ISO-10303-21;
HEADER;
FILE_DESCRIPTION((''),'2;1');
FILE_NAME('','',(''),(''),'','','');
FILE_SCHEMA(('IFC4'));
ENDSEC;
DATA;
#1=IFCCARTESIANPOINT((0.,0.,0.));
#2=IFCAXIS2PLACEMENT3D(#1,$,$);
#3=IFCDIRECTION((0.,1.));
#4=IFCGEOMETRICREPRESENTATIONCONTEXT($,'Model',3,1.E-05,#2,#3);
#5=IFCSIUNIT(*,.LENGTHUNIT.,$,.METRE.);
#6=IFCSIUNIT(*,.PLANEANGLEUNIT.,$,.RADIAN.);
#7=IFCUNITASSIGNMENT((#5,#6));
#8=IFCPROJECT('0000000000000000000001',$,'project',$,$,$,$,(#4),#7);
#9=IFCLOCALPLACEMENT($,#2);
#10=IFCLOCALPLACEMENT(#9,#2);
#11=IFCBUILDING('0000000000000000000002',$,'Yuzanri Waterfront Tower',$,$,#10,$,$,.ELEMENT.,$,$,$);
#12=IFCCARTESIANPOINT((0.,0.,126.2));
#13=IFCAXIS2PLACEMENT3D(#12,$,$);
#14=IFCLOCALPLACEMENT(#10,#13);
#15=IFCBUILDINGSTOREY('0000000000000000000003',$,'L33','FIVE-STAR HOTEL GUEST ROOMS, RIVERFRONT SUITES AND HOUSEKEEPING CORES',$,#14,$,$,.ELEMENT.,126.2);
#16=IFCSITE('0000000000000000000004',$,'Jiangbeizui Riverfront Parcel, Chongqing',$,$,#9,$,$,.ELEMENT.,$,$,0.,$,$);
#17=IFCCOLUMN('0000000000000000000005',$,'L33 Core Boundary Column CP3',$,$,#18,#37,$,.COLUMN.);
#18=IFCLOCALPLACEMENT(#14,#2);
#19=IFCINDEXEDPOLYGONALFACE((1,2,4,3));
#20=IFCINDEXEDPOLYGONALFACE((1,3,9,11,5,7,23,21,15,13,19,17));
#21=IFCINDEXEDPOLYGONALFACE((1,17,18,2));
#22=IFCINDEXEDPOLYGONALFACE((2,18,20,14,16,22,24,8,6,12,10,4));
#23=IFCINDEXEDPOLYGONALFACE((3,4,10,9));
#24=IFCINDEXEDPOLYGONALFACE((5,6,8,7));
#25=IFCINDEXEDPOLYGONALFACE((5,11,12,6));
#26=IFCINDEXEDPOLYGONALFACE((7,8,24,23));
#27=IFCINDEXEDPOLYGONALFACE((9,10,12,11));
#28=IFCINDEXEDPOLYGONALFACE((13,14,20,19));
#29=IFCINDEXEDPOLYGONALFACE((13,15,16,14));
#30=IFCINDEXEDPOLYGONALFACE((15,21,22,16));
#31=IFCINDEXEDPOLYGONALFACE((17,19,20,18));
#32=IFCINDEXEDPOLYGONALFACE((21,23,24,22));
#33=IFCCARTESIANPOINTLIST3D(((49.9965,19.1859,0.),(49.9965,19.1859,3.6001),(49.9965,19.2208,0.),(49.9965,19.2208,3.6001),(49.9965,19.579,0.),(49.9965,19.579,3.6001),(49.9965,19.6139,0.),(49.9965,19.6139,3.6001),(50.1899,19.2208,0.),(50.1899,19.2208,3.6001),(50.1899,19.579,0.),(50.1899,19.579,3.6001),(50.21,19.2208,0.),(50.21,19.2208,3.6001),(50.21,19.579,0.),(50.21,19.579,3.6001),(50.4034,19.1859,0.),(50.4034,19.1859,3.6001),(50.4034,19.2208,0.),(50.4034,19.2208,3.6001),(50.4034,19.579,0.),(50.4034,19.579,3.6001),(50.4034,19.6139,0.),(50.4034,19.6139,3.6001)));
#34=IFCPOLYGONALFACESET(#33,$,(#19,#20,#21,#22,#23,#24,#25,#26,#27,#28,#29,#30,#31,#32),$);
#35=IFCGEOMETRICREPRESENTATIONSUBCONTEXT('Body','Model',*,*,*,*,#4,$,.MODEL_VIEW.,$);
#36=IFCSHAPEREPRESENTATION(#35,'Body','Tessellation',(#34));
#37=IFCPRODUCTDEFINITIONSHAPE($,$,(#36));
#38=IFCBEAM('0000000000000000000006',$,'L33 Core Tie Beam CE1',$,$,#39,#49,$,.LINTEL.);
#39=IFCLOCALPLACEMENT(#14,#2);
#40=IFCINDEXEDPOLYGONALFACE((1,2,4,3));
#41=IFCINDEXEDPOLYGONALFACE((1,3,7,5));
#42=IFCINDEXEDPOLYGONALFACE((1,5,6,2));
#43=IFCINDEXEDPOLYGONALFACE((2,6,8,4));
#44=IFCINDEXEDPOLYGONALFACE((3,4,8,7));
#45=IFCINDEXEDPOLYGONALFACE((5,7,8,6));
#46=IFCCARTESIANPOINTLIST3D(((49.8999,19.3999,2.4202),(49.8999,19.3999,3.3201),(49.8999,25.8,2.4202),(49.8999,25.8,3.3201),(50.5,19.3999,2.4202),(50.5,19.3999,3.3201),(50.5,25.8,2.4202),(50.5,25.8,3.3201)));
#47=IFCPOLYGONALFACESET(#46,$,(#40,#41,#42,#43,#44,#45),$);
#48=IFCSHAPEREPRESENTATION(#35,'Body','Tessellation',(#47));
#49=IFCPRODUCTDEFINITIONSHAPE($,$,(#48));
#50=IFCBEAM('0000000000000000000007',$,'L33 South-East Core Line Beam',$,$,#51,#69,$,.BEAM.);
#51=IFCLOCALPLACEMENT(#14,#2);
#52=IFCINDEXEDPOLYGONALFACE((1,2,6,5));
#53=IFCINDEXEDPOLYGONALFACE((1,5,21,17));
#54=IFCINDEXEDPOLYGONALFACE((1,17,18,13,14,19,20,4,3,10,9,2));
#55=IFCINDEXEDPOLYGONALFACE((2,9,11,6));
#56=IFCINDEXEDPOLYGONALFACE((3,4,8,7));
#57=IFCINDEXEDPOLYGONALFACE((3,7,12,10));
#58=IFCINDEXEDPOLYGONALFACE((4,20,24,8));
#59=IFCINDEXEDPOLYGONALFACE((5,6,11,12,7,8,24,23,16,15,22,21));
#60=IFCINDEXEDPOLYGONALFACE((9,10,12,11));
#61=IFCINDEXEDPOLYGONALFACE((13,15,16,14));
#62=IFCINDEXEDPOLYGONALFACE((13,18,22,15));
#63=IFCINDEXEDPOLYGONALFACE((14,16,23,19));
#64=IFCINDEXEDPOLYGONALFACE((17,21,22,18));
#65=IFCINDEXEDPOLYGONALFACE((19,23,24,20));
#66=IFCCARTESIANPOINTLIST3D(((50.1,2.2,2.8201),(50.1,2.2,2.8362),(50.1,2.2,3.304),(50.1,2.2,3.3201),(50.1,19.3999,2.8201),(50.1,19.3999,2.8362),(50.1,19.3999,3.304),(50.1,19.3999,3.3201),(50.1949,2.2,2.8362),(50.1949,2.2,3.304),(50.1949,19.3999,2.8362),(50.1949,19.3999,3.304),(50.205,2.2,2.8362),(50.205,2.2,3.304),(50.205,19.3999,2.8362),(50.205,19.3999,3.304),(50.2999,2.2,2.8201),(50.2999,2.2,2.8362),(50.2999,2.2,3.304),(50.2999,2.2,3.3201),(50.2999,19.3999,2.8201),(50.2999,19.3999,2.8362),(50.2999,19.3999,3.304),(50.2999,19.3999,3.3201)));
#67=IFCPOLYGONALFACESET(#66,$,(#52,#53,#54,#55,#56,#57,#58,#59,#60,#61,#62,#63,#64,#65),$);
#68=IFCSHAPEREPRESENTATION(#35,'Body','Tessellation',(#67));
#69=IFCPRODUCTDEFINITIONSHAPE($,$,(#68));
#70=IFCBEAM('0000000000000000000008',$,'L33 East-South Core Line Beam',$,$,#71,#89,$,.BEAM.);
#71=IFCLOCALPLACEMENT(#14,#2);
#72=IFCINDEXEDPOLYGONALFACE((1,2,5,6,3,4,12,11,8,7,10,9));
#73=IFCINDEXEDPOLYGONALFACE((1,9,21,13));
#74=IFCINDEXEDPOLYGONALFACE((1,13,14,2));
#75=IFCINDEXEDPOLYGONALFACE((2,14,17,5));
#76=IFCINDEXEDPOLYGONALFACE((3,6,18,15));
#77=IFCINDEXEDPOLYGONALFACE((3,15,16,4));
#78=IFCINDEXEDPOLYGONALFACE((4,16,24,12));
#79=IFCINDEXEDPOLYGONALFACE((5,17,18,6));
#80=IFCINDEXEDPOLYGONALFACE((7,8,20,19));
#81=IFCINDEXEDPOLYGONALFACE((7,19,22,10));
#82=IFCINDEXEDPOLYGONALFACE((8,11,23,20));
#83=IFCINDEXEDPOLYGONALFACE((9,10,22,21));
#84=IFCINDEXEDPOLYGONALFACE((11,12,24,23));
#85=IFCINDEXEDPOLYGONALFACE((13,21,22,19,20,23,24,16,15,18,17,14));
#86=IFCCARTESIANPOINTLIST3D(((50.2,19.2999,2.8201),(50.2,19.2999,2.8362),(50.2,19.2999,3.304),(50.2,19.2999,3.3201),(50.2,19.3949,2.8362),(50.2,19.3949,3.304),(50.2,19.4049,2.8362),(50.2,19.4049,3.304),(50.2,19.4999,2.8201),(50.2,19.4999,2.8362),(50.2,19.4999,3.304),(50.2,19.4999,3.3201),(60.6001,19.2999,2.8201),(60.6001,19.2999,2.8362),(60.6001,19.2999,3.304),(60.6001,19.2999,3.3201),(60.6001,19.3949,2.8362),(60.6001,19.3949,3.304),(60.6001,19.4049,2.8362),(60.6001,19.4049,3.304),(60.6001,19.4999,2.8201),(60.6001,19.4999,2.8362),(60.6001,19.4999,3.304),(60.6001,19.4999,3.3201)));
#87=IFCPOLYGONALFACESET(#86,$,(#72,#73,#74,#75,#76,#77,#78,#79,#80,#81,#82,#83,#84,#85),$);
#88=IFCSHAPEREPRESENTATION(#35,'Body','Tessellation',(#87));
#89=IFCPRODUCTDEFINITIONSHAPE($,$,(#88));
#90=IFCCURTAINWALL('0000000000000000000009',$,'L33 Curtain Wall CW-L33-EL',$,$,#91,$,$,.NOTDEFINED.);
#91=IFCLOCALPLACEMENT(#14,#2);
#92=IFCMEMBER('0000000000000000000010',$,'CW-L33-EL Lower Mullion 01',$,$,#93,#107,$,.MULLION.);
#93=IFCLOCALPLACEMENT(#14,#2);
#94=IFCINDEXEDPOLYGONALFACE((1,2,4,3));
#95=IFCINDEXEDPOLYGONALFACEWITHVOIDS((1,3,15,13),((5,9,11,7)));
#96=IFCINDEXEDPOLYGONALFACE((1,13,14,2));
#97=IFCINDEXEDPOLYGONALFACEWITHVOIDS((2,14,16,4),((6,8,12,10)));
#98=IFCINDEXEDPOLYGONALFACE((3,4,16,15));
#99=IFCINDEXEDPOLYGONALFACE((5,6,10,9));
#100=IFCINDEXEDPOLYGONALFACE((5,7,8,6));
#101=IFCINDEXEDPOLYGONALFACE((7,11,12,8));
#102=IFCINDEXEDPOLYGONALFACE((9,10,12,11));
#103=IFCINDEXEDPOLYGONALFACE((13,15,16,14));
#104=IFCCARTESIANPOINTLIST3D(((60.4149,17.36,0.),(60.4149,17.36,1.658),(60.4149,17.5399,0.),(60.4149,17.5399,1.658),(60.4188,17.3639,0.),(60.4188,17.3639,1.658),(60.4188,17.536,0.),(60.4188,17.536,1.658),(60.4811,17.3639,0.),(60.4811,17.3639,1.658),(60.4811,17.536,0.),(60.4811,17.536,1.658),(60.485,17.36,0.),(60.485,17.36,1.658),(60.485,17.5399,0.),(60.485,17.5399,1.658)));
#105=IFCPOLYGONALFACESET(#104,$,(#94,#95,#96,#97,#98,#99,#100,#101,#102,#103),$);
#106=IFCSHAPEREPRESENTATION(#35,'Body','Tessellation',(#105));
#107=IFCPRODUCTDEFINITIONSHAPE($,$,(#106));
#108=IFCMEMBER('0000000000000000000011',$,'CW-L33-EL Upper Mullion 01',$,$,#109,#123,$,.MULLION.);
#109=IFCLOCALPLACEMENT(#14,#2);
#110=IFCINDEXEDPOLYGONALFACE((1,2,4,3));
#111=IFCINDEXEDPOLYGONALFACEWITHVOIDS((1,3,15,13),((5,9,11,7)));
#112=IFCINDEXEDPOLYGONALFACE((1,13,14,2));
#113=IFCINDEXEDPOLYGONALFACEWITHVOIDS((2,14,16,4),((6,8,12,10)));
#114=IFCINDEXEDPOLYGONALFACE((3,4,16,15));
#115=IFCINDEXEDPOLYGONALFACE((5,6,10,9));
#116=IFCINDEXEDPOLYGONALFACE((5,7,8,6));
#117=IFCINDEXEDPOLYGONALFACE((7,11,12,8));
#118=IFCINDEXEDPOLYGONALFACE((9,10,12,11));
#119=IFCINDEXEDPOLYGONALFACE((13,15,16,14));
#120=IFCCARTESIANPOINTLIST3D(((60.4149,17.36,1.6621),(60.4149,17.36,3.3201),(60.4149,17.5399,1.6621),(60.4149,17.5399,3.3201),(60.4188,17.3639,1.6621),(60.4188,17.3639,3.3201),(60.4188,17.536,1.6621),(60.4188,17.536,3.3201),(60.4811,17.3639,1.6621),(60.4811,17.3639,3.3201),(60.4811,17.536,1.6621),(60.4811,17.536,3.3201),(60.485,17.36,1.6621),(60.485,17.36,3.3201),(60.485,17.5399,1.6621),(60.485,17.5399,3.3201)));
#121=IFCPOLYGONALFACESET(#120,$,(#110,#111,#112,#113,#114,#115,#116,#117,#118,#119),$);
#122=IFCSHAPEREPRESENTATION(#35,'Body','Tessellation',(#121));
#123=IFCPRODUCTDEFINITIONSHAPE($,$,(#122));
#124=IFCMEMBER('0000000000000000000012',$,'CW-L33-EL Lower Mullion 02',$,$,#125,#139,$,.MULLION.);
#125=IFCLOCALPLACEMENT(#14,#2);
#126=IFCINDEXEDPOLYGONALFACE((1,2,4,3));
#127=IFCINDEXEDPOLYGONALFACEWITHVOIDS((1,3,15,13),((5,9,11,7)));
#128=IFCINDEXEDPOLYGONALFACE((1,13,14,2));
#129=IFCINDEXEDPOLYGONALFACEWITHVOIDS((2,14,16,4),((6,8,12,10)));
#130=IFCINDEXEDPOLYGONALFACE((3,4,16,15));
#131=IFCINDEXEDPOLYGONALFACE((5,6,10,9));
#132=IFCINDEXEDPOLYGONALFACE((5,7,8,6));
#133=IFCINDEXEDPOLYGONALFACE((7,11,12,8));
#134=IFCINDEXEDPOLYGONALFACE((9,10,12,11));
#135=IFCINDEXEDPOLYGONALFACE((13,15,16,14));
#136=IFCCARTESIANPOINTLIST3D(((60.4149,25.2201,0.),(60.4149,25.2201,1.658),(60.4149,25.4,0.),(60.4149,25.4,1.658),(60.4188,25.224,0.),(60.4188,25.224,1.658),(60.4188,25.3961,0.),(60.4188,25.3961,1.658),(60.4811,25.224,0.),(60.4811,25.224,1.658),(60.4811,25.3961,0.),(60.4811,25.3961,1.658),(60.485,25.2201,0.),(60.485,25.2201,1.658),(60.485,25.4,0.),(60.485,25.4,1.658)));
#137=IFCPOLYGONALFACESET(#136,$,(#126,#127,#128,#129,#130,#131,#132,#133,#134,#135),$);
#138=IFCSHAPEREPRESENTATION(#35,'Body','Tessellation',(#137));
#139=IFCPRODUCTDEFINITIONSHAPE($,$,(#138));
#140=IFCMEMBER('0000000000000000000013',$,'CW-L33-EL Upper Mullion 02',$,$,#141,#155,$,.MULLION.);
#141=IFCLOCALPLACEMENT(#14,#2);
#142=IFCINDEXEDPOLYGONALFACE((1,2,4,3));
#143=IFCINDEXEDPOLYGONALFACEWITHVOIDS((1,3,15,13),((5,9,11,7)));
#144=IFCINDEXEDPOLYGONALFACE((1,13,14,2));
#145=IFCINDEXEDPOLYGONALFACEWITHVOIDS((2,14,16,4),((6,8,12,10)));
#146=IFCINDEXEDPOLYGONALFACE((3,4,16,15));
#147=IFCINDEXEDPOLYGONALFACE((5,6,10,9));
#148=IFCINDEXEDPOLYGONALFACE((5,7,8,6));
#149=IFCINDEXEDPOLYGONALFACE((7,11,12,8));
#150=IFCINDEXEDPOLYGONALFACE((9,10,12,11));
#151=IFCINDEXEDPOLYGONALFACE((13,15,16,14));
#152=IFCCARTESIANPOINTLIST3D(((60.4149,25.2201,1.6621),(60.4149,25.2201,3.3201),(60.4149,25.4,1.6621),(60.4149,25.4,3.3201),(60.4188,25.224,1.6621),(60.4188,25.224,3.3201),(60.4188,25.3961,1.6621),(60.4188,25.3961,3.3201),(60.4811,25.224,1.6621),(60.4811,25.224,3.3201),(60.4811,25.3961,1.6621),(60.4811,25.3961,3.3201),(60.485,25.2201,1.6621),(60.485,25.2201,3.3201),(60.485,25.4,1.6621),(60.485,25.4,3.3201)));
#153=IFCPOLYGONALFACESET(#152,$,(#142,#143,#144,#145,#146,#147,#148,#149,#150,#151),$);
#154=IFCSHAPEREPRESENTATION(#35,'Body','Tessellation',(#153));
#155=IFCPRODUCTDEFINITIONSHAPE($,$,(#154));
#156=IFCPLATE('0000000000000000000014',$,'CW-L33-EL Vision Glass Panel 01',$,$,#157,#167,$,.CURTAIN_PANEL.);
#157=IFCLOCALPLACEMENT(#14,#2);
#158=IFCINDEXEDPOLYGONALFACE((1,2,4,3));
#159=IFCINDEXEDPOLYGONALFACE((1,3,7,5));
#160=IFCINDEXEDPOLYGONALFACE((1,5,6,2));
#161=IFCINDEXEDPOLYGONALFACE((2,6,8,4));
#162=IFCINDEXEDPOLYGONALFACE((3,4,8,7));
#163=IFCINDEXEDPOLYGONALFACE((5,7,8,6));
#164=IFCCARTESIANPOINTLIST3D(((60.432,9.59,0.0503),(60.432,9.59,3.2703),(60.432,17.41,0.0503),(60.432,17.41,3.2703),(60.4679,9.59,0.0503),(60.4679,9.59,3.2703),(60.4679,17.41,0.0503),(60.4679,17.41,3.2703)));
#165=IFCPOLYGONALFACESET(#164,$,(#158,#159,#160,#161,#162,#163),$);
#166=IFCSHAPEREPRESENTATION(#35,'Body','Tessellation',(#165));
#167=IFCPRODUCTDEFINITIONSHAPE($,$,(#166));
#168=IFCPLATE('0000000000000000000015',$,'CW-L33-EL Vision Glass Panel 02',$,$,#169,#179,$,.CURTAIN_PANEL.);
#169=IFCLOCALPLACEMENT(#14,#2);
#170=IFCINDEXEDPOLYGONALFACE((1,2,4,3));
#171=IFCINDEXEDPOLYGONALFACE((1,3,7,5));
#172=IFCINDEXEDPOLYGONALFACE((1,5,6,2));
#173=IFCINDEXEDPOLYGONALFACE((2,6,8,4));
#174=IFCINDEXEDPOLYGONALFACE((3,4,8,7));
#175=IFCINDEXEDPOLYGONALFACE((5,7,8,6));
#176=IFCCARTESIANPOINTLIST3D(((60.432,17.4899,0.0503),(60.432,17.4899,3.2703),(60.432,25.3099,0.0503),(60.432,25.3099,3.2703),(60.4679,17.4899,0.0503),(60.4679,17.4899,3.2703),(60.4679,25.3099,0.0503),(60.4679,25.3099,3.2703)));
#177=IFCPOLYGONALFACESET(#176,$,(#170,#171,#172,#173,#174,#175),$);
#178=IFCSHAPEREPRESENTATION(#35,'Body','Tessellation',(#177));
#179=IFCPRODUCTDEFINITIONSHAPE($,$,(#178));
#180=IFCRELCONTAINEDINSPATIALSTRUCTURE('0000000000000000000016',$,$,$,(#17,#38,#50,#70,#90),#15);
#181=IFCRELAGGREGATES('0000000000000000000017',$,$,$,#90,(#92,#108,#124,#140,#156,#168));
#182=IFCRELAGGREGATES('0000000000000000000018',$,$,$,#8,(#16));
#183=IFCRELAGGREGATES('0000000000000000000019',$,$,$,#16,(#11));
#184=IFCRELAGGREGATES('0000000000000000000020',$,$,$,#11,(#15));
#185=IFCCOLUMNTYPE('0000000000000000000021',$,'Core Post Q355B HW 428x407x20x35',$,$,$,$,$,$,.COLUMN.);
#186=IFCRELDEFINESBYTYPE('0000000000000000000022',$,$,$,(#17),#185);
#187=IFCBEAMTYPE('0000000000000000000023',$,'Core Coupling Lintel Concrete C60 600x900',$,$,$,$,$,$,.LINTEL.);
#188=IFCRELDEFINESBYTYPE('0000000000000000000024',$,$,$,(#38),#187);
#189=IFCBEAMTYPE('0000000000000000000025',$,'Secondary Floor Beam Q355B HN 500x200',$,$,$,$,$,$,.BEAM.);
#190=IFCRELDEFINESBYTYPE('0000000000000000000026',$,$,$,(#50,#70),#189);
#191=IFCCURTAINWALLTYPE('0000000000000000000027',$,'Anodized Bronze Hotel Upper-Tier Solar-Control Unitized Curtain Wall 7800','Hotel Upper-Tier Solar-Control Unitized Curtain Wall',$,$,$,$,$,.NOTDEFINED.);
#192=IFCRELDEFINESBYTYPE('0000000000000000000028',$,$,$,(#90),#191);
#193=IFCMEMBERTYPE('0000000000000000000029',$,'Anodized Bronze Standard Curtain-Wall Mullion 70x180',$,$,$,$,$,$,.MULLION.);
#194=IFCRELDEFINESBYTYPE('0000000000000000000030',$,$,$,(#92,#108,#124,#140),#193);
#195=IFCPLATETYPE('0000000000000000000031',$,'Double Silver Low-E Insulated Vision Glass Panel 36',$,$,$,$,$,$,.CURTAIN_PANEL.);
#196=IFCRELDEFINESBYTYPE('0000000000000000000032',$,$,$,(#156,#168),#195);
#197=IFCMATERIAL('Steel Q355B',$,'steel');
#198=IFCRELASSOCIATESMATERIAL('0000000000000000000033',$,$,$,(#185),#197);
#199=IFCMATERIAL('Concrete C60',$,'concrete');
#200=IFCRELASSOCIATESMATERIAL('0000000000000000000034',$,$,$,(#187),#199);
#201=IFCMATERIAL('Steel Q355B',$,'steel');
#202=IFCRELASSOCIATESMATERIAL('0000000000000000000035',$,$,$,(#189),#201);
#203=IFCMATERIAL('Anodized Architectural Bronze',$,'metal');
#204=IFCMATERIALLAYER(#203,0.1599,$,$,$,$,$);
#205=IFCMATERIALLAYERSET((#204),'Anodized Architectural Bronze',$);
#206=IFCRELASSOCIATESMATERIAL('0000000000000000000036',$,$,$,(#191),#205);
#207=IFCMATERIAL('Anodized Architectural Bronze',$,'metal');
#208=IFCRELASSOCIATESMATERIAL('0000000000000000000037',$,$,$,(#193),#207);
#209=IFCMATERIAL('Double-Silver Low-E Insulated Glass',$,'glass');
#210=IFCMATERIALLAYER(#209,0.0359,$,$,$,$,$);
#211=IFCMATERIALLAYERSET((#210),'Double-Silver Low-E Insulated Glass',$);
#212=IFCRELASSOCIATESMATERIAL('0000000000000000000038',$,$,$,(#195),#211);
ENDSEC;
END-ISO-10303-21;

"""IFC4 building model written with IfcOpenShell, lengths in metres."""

from ifc_helpers import new_model, si_unit, direction, frame, origin, origin_2d, place, context, subcontext, project, spatial, rectangle, hollow_rectangle, i_section, extrude, source, transform, mapped, material, layer, layer_set, material_profile, profile_set, type_object, element, aggregate, save


model = new_model("IFC4")

# Units and contexts
model_context = context("Model", 3, precision=1e-05, world=origin(), true_north=direction((0.0, 1.0)))
body_context = subcontext(model_context, "Body", "Model", "MODEL_VIEW")
ifc_project = project(units=[si_unit("LENGTHUNIT", "METRE"), si_unit("PLANEANGLEUNIT", "RADIAN")], contexts=[model_context])

# Site, building, storey
site_placement = place(None, origin())
site = spatial("IfcSite", under=ifc_project, at=site_placement, Name="Jiangbeizui Riverfront Parcel, Chongqing", CompositionType="ELEMENT", RefElevation=0.0)
building_placement = place(site_placement, origin())
building = spatial("IfcBuilding", under=site, at=building_placement, Name="Yuzanri Waterfront Tower", CompositionType="ELEMENT")
storey_placement = place(building_placement, frame((0.0, 0.0, 126.2)))
storey = spatial("IfcBuildingStorey", under=building, at=storey_placement, Name="L33", Description="FIVE-STAR HOTEL GUEST ROOMS, RIVERFRONT SUITES AND HOUSEKEEPING CORES", CompositionType="ELEMENT", Elevation=126.2)

# Column
ifc_material_1 = material(Name="Steel Q355B", Category="steel")
ifc_material_profile_1 = material_profile(ifc_material_1, i_section(OverallWidth=0.407, OverallDepth=0.428, WebThickness=0.02, FlangeThickness=0.0349, at=origin_2d()), Name="HW 428x407x20x35")
ifc_profile_set_1 = profile_set([ifc_material_profile_1], Name="Steel Q355B")
column_type = type_object("IfcColumnType", Name="Core Post Q355B HW 428x407x20x35", PredefinedType="COLUMN", material=ifc_profile_set_1)
shared_shape_1 = source(origin(), body_context, "Body", "SweptSolid", [
    extrude(i_section(OverallWidth=0.407, OverallDepth=0.428, WebThickness=0.02, FlangeThickness=0.0349, at=origin_2d()), origin(), (0.0, 0.0, 1.0), 3.6001),
])
column_placement = place(storey_placement, frame((50.2, 19.3999, 0.0), z_axis=(0.0, 0.0, 1.0), x_axis=(1.0, 0.0, 0.0)))
element("IfcColumn", 1, at=column_placement, inside=storey, type_object=column_type, Name="L33 Core Boundary Column CP3", PredefinedType="COLUMN", context=body_context, shape_type="MappedRepresentation", body=[
    mapped(shared_shape_1, transform((0.0, 0.0, 0.0), scale=1.0)),
])

# Beams
ifc_material_2 = material(Name="Concrete C60", Category="concrete")
ifc_material_profile_2 = material_profile(ifc_material_2, rectangle(XDim=0.6001, YDim=0.8999, at=origin_2d()), Name="RC 600x900")
ifc_profile_set_2 = profile_set([ifc_material_profile_2], Name="Concrete C60")
beam_type_1 = type_object("IfcBeamType", Name="Core Coupling Lintel Concrete C60 600x900", PredefinedType="LINTEL", material=ifc_profile_set_2)
shared_shape_2 = source(origin(), body_context, "Body", "SweptSolid", [
    extrude(rectangle(XDim=0.6001, YDim=0.8999, at=origin_2d()), origin(), (0.0, 0.0, 1.0), 6.4001),
])
beam_1_placement = place(storey_placement, frame((50.2, 19.3999, 2.8701), z_axis=(0.0, 1.0, 0.0), x_axis=(-1.0, 0.0, 0.0)))
element("IfcBeam", 2, at=beam_1_placement, inside=storey, type_object=beam_type_1, Name="L33 Core Tie Beam CE1", PredefinedType="LINTEL", context=body_context, shape_type="MappedRepresentation", body=[
    mapped(shared_shape_2, transform((0.0, 0.0, 0.0), scale=1.0)),
])
ifc_material_3 = material(Name="Steel Q355B", Category="steel")
ifc_material_profile_3 = material_profile(ifc_material_3, i_section(OverallWidth=0.2, OverallDepth=0.5, WebThickness=0.01, FlangeThickness=0.0161, at=origin_2d()), Name="HN 500x200x10x16")
ifc_profile_set_3 = profile_set([ifc_material_profile_3], Name="Steel Q355B")
beam_type_2 = type_object("IfcBeamType", Name="Secondary Floor Beam Q355B HN 500x200", PredefinedType="BEAM", material=ifc_profile_set_3)
shared_shape_3 = source(origin(), body_context, "Body", "SweptSolid", [
    extrude(i_section(OverallWidth=0.2, OverallDepth=0.5, WebThickness=0.01, FlangeThickness=0.0161, at=origin_2d()), origin(), (0.0, 0.0, 1.0), 17.2),
])
beam_2_placement = place(storey_placement, frame((50.2, 19.3999, 3.0701), z_axis=(0.0, -1.0, 0.0), x_axis=(1.0, 0.0, 0.0)))
element("IfcBeam", 3, at=beam_2_placement, inside=storey, type_object=beam_type_2, Name="L33 South-East Core Line Beam", PredefinedType="BEAM", context=body_context, shape_type="MappedRepresentation", body=[
    mapped(shared_shape_3, transform((0.0, 0.0, 0.0), scale=1.0)),
])
shared_shape_4 = source(origin(), body_context, "Body", "SweptSolid", [
    extrude(i_section(OverallWidth=0.2, OverallDepth=0.5, WebThickness=0.01, FlangeThickness=0.0161, at=origin_2d()), origin(), (0.0, 0.0, 1.0), 10.4001),
])
beam_3_placement = place(storey_placement, frame((50.2, 19.3999, 3.0701), z_axis=(1.0, 0.0, 0.0), x_axis=(0.0, 1.0, 0.0)))
element("IfcBeam", 4, at=beam_3_placement, inside=storey, type_object=beam_type_2, Name="L33 East-South Core Line Beam", PredefinedType="BEAM", context=body_context, shape_type="MappedRepresentation", body=[
    mapped(shared_shape_4, transform((0.0, 0.0, 0.0), scale=1.0)),
])

# Curtain wall, members, plates
ifc_material_4 = material(Name="Anodized Architectural Bronze", Category="metal")
ifc_layer_1 = layer(ifc_material_4, 0.1599)
ifc_layer_set_1 = layer_set([ifc_layer_1], Name="Anodized Architectural Bronze")
curtain_wall_type = type_object("IfcCurtainWallType", Name="Anodized Bronze Hotel Upper-Tier Solar-Control Unitized Curtain Wall 7800", Description="Hotel Upper-Tier Solar-Control Unitized Curtain Wall", PredefinedType="NOTDEFINED", material=ifc_layer_set_1)
curtain_wall_placement = place(storey_placement, origin())
curtain_wall = element("IfcCurtainWall", 5, at=curtain_wall_placement, inside=storey, type_object=curtain_wall_type, Name="L33 Curtain Wall CW-L33-EL", PredefinedType="NOTDEFINED")
ifc_material_5 = material(Name="Anodized Architectural Bronze", Category="metal")
ifc_material_profile_4 = material_profile(ifc_material_5, hollow_rectangle(XDim=0.0701, YDim=0.1799, WallThickness=0.0039, at=origin_2d()), Name="CWM 70x180")
ifc_profile_set_4 = profile_set([ifc_material_profile_4], Name="Anodized Architectural Bronze")
member_type = type_object("IfcMemberType", Name="Anodized Bronze Standard Curtain-Wall Mullion 70x180", PredefinedType="MULLION", material=ifc_profile_set_4)
shared_shape_5 = source(origin(), body_context, "Body", "SweptSolid", [
    extrude(hollow_rectangle(XDim=0.0701, YDim=0.1799, WallThickness=0.0039, at=origin_2d()), origin(), (0.0, 0.0, 1.0), 1.658),
])
member_1_placement = place(storey_placement, frame((60.45, 17.45, 0.0), z_axis=(0.0, 0.0, 1.0), x_axis=(1.0, 0.0, 0.0)))
member_1 = element("IfcMember", 6, at=member_1_placement, type_object=member_type, Name="CW-L33-EL Lower Mullion 01", PredefinedType="MULLION", context=body_context, shape_type="MappedRepresentation", body=[
    mapped(shared_shape_5, transform((0.0, 0.0, 0.0), scale=1.0)),
])
member_2_placement = place(storey_placement, frame((60.45, 17.45, 1.6621), z_axis=(0.0, 0.0, 1.0), x_axis=(1.0, 0.0, 0.0)))
member_2 = element("IfcMember", 7, at=member_2_placement, type_object=member_type, Name="CW-L33-EL Upper Mullion 01", PredefinedType="MULLION", context=body_context, shape_type="MappedRepresentation", body=[
    mapped(shared_shape_5, transform((0.0, 0.0, 0.0), scale=1.0)),
])
member_3_placement = place(storey_placement, frame((60.45, 25.3101, 0.0), z_axis=(0.0, 0.0, 1.0), x_axis=(1.0, 0.0, 0.0)))
member_3 = element("IfcMember", 8, at=member_3_placement, type_object=member_type, Name="CW-L33-EL Lower Mullion 02", PredefinedType="MULLION", context=body_context, shape_type="MappedRepresentation", body=[
    mapped(shared_shape_5, transform((0.0, 0.0, 0.0), scale=1.0)),
])
member_4_placement = place(storey_placement, frame((60.45, 25.3101, 1.6621), z_axis=(0.0, 0.0, 1.0), x_axis=(1.0, 0.0, 0.0)))
member_4 = element("IfcMember", 9, at=member_4_placement, type_object=member_type, Name="CW-L33-EL Upper Mullion 02", PredefinedType="MULLION", context=body_context, shape_type="MappedRepresentation", body=[
    mapped(shared_shape_5, transform((0.0, 0.0, 0.0), scale=1.0)),
])
ifc_material_6 = material(Name="Double-Silver Low-E Insulated Glass", Category="glass")
ifc_layer_2 = layer(ifc_material_6, 0.0359)
ifc_layer_set_2 = layer_set([ifc_layer_2], Name="Double-Silver Low-E Insulated Glass")
plate_type = type_object("IfcPlateType", Name="Double Silver Low-E Insulated Vision Glass Panel 36", PredefinedType="CURTAIN_PANEL", material=ifc_layer_set_2)
shared_shape_6 = source(origin(), body_context, "Body", "SweptSolid", [
    extrude(rectangle(XDim=7.8201, YDim=0.0359, at=origin_2d()), origin(), (0.0, 0.0, 1.0), 3.22),
])
plate_1_placement = place(storey_placement, frame((60.45, 13.5, 0.0503), z_axis=(0.0, 0.0, 1.0), x_axis=(0.0, 1.0, 0.0)))
plate_1 = element("IfcPlate", 10, at=plate_1_placement, type_object=plate_type, Name="CW-L33-EL Vision Glass Panel 01", PredefinedType="CURTAIN_PANEL", context=body_context, shape_type="MappedRepresentation", body=[
    mapped(shared_shape_6, transform((0.0, 0.0, 0.0), scale=1.0)),
])
plate_2_placement = place(storey_placement, frame((60.45, 21.3999, 0.0503), z_axis=(0.0, 0.0, 1.0), x_axis=(0.0, 1.0, 0.0)))
plate_2 = element("IfcPlate", 11, at=plate_2_placement, type_object=plate_type, Name="CW-L33-EL Vision Glass Panel 02", PredefinedType="CURTAIN_PANEL", context=body_context, shape_type="MappedRepresentation", body=[
    mapped(shared_shape_6, transform((0.0, 0.0, 0.0), scale=1.0)),
])
aggregate(curtain_wall, [member_1, member_2, member_3, member_4, plate_1, plate_2])

save(model, "model.ifc")
